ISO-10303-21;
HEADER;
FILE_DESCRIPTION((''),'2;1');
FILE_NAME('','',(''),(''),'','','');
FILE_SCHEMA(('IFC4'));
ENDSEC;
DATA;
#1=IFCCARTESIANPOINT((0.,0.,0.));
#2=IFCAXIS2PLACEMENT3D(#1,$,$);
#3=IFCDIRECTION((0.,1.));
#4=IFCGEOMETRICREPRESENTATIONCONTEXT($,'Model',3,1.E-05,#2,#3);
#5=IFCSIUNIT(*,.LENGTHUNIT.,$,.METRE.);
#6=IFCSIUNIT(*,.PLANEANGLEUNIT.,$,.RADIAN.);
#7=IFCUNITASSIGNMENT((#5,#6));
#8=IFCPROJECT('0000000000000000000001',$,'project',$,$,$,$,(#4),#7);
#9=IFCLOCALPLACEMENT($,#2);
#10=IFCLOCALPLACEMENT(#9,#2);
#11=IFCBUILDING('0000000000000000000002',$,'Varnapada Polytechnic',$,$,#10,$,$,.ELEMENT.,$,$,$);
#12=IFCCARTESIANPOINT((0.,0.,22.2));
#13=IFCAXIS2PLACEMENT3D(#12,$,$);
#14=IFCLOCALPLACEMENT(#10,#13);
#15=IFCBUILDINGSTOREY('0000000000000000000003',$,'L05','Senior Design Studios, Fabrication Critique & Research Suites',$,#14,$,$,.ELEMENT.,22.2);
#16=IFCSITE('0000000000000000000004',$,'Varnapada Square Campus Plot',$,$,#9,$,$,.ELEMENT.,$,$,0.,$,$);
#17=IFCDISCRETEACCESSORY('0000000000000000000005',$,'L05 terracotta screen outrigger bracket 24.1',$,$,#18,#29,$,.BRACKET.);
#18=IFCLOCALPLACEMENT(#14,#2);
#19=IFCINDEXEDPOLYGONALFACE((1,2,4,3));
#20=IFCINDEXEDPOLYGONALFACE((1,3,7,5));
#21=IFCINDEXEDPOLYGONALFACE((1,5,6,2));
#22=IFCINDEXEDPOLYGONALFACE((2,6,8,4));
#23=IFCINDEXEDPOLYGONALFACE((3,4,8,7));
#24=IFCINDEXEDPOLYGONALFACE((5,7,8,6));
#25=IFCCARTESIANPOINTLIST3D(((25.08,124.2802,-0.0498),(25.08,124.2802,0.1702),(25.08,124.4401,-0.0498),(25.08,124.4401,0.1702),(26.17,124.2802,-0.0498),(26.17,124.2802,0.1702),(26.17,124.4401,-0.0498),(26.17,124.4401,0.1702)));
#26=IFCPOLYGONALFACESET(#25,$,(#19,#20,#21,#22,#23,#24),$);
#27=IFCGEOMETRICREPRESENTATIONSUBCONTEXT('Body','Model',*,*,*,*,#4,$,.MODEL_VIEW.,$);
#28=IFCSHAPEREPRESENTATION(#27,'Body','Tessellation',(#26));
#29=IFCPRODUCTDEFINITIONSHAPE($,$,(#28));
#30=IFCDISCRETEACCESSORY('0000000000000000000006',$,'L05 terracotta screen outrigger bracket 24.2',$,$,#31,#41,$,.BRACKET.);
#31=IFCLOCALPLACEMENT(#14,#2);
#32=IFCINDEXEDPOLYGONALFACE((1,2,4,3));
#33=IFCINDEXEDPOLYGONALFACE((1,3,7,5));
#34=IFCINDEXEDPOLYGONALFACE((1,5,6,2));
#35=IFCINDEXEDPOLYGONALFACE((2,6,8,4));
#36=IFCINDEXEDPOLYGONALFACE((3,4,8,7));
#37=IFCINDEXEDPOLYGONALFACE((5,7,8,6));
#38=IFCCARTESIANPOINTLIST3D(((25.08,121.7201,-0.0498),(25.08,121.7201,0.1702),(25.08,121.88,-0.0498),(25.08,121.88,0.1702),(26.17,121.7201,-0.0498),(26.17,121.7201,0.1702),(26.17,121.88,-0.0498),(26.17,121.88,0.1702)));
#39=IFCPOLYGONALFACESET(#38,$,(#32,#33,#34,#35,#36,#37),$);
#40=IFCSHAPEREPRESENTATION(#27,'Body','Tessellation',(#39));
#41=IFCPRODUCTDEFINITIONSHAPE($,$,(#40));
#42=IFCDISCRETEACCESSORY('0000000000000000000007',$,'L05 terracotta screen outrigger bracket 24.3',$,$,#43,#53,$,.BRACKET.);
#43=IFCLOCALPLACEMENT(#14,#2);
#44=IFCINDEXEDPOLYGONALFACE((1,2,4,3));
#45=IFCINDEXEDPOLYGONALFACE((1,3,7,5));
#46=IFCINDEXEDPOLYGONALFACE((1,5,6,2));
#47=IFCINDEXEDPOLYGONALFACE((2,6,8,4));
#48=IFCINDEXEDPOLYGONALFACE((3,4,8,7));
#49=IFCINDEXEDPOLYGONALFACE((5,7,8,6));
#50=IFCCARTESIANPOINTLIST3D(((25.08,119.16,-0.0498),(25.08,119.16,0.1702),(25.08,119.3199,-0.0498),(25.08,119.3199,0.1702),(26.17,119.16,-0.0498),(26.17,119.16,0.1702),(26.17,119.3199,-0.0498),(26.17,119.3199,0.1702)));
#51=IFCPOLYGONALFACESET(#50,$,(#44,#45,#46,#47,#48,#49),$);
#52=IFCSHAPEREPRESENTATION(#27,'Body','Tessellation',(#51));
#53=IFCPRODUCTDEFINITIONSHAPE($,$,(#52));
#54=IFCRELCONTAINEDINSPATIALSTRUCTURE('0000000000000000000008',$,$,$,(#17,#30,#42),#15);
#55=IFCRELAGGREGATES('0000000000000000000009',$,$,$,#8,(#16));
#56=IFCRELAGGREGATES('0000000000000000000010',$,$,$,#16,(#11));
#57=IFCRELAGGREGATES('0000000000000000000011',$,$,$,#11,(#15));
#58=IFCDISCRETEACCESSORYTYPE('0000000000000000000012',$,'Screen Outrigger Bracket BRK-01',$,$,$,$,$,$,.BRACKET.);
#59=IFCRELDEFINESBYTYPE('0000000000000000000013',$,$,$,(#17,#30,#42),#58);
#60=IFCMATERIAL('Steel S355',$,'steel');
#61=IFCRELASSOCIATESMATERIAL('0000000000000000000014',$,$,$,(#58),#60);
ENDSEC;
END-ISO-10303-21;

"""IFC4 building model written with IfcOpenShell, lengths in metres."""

from ifc_helpers import new_model, si_unit, direction, frame, origin, origin_2d, place, context, subcontext, project, spatial, rectangle, extrude, material, type_object, element, save


model = new_model("IFC4")

# Units and contexts
model_context = context("Model", 3, precision=1e-05, world=origin(), true_north=direction((0.0, 1.0)))
body_context = subcontext(model_context, "Body", "Model", "MODEL_VIEW")
ifc_project = project(units=[si_unit("LENGTHUNIT", "METRE"), si_unit("PLANEANGLEUNIT", "RADIAN")], contexts=[model_context])

# Site, building, storey
site_placement = place(None, origin())
site = spatial("IfcSite", under=ifc_project, at=site_placement, Name="Varnapada Square Campus Plot", CompositionType="ELEMENT", RefElevation=0.0)
building_placement = place(site_placement, origin())
building = spatial("IfcBuilding", under=site, at=building_placement, Name="Varnapada Polytechnic", CompositionType="ELEMENT")
storey_placement = place(building_placement, frame((0.0, 0.0, 22.2)))
storey = spatial("IfcBuildingStorey", under=building, at=storey_placement, Name="L05", Description="Senior Design Studios, Fabrication Critique & Research Suites", CompositionType="ELEMENT", Elevation=22.2)

# Discrete accessories
ifc_material_1 = material(Name="Steel S355", Category="steel")
discrete_accessory_type = type_object("IfcDiscreteAccessoryType", Name="Screen Outrigger Bracket BRK-01", PredefinedType="BRACKET", material=ifc_material_1)
for number, where, z_axis, x_axis, name in (
    (1, (25.625, 124.3601, -0.0498), (0.0, 0.0, 1.0), (0.0, -1.0, 0.0), "L05 terracotta screen outrigger bracket 24.1"),
    (2, (25.625, 121.8, -0.0498), (0.0, 0.0, 1.0), (0.0, -1.0, 0.0), "L05 terracotta screen outrigger bracket 24.2"),
    (3, (25.625, 119.24, -0.0498), (0.0, 0.0, 1.0), (0.0, -1.0, 0.0), "L05 terracotta screen outrigger bracket 24.3"),
):
    element("IfcDiscreteAccessory", number, at=place(storey_placement, frame(where, z_axis=z_axis, x_axis=x_axis)), inside=storey, type_object=discrete_accessory_type, Name=name, PredefinedType="BRACKET", context=body_context, shape_type="SweptSolid", body=[
        extrude(rectangle(XDim=0.1599, YDim=1.0901, at=origin_2d()), origin(), (0.0, 0.0, 1.0), 0.22),
    ])

save(model, "model.ifc")
